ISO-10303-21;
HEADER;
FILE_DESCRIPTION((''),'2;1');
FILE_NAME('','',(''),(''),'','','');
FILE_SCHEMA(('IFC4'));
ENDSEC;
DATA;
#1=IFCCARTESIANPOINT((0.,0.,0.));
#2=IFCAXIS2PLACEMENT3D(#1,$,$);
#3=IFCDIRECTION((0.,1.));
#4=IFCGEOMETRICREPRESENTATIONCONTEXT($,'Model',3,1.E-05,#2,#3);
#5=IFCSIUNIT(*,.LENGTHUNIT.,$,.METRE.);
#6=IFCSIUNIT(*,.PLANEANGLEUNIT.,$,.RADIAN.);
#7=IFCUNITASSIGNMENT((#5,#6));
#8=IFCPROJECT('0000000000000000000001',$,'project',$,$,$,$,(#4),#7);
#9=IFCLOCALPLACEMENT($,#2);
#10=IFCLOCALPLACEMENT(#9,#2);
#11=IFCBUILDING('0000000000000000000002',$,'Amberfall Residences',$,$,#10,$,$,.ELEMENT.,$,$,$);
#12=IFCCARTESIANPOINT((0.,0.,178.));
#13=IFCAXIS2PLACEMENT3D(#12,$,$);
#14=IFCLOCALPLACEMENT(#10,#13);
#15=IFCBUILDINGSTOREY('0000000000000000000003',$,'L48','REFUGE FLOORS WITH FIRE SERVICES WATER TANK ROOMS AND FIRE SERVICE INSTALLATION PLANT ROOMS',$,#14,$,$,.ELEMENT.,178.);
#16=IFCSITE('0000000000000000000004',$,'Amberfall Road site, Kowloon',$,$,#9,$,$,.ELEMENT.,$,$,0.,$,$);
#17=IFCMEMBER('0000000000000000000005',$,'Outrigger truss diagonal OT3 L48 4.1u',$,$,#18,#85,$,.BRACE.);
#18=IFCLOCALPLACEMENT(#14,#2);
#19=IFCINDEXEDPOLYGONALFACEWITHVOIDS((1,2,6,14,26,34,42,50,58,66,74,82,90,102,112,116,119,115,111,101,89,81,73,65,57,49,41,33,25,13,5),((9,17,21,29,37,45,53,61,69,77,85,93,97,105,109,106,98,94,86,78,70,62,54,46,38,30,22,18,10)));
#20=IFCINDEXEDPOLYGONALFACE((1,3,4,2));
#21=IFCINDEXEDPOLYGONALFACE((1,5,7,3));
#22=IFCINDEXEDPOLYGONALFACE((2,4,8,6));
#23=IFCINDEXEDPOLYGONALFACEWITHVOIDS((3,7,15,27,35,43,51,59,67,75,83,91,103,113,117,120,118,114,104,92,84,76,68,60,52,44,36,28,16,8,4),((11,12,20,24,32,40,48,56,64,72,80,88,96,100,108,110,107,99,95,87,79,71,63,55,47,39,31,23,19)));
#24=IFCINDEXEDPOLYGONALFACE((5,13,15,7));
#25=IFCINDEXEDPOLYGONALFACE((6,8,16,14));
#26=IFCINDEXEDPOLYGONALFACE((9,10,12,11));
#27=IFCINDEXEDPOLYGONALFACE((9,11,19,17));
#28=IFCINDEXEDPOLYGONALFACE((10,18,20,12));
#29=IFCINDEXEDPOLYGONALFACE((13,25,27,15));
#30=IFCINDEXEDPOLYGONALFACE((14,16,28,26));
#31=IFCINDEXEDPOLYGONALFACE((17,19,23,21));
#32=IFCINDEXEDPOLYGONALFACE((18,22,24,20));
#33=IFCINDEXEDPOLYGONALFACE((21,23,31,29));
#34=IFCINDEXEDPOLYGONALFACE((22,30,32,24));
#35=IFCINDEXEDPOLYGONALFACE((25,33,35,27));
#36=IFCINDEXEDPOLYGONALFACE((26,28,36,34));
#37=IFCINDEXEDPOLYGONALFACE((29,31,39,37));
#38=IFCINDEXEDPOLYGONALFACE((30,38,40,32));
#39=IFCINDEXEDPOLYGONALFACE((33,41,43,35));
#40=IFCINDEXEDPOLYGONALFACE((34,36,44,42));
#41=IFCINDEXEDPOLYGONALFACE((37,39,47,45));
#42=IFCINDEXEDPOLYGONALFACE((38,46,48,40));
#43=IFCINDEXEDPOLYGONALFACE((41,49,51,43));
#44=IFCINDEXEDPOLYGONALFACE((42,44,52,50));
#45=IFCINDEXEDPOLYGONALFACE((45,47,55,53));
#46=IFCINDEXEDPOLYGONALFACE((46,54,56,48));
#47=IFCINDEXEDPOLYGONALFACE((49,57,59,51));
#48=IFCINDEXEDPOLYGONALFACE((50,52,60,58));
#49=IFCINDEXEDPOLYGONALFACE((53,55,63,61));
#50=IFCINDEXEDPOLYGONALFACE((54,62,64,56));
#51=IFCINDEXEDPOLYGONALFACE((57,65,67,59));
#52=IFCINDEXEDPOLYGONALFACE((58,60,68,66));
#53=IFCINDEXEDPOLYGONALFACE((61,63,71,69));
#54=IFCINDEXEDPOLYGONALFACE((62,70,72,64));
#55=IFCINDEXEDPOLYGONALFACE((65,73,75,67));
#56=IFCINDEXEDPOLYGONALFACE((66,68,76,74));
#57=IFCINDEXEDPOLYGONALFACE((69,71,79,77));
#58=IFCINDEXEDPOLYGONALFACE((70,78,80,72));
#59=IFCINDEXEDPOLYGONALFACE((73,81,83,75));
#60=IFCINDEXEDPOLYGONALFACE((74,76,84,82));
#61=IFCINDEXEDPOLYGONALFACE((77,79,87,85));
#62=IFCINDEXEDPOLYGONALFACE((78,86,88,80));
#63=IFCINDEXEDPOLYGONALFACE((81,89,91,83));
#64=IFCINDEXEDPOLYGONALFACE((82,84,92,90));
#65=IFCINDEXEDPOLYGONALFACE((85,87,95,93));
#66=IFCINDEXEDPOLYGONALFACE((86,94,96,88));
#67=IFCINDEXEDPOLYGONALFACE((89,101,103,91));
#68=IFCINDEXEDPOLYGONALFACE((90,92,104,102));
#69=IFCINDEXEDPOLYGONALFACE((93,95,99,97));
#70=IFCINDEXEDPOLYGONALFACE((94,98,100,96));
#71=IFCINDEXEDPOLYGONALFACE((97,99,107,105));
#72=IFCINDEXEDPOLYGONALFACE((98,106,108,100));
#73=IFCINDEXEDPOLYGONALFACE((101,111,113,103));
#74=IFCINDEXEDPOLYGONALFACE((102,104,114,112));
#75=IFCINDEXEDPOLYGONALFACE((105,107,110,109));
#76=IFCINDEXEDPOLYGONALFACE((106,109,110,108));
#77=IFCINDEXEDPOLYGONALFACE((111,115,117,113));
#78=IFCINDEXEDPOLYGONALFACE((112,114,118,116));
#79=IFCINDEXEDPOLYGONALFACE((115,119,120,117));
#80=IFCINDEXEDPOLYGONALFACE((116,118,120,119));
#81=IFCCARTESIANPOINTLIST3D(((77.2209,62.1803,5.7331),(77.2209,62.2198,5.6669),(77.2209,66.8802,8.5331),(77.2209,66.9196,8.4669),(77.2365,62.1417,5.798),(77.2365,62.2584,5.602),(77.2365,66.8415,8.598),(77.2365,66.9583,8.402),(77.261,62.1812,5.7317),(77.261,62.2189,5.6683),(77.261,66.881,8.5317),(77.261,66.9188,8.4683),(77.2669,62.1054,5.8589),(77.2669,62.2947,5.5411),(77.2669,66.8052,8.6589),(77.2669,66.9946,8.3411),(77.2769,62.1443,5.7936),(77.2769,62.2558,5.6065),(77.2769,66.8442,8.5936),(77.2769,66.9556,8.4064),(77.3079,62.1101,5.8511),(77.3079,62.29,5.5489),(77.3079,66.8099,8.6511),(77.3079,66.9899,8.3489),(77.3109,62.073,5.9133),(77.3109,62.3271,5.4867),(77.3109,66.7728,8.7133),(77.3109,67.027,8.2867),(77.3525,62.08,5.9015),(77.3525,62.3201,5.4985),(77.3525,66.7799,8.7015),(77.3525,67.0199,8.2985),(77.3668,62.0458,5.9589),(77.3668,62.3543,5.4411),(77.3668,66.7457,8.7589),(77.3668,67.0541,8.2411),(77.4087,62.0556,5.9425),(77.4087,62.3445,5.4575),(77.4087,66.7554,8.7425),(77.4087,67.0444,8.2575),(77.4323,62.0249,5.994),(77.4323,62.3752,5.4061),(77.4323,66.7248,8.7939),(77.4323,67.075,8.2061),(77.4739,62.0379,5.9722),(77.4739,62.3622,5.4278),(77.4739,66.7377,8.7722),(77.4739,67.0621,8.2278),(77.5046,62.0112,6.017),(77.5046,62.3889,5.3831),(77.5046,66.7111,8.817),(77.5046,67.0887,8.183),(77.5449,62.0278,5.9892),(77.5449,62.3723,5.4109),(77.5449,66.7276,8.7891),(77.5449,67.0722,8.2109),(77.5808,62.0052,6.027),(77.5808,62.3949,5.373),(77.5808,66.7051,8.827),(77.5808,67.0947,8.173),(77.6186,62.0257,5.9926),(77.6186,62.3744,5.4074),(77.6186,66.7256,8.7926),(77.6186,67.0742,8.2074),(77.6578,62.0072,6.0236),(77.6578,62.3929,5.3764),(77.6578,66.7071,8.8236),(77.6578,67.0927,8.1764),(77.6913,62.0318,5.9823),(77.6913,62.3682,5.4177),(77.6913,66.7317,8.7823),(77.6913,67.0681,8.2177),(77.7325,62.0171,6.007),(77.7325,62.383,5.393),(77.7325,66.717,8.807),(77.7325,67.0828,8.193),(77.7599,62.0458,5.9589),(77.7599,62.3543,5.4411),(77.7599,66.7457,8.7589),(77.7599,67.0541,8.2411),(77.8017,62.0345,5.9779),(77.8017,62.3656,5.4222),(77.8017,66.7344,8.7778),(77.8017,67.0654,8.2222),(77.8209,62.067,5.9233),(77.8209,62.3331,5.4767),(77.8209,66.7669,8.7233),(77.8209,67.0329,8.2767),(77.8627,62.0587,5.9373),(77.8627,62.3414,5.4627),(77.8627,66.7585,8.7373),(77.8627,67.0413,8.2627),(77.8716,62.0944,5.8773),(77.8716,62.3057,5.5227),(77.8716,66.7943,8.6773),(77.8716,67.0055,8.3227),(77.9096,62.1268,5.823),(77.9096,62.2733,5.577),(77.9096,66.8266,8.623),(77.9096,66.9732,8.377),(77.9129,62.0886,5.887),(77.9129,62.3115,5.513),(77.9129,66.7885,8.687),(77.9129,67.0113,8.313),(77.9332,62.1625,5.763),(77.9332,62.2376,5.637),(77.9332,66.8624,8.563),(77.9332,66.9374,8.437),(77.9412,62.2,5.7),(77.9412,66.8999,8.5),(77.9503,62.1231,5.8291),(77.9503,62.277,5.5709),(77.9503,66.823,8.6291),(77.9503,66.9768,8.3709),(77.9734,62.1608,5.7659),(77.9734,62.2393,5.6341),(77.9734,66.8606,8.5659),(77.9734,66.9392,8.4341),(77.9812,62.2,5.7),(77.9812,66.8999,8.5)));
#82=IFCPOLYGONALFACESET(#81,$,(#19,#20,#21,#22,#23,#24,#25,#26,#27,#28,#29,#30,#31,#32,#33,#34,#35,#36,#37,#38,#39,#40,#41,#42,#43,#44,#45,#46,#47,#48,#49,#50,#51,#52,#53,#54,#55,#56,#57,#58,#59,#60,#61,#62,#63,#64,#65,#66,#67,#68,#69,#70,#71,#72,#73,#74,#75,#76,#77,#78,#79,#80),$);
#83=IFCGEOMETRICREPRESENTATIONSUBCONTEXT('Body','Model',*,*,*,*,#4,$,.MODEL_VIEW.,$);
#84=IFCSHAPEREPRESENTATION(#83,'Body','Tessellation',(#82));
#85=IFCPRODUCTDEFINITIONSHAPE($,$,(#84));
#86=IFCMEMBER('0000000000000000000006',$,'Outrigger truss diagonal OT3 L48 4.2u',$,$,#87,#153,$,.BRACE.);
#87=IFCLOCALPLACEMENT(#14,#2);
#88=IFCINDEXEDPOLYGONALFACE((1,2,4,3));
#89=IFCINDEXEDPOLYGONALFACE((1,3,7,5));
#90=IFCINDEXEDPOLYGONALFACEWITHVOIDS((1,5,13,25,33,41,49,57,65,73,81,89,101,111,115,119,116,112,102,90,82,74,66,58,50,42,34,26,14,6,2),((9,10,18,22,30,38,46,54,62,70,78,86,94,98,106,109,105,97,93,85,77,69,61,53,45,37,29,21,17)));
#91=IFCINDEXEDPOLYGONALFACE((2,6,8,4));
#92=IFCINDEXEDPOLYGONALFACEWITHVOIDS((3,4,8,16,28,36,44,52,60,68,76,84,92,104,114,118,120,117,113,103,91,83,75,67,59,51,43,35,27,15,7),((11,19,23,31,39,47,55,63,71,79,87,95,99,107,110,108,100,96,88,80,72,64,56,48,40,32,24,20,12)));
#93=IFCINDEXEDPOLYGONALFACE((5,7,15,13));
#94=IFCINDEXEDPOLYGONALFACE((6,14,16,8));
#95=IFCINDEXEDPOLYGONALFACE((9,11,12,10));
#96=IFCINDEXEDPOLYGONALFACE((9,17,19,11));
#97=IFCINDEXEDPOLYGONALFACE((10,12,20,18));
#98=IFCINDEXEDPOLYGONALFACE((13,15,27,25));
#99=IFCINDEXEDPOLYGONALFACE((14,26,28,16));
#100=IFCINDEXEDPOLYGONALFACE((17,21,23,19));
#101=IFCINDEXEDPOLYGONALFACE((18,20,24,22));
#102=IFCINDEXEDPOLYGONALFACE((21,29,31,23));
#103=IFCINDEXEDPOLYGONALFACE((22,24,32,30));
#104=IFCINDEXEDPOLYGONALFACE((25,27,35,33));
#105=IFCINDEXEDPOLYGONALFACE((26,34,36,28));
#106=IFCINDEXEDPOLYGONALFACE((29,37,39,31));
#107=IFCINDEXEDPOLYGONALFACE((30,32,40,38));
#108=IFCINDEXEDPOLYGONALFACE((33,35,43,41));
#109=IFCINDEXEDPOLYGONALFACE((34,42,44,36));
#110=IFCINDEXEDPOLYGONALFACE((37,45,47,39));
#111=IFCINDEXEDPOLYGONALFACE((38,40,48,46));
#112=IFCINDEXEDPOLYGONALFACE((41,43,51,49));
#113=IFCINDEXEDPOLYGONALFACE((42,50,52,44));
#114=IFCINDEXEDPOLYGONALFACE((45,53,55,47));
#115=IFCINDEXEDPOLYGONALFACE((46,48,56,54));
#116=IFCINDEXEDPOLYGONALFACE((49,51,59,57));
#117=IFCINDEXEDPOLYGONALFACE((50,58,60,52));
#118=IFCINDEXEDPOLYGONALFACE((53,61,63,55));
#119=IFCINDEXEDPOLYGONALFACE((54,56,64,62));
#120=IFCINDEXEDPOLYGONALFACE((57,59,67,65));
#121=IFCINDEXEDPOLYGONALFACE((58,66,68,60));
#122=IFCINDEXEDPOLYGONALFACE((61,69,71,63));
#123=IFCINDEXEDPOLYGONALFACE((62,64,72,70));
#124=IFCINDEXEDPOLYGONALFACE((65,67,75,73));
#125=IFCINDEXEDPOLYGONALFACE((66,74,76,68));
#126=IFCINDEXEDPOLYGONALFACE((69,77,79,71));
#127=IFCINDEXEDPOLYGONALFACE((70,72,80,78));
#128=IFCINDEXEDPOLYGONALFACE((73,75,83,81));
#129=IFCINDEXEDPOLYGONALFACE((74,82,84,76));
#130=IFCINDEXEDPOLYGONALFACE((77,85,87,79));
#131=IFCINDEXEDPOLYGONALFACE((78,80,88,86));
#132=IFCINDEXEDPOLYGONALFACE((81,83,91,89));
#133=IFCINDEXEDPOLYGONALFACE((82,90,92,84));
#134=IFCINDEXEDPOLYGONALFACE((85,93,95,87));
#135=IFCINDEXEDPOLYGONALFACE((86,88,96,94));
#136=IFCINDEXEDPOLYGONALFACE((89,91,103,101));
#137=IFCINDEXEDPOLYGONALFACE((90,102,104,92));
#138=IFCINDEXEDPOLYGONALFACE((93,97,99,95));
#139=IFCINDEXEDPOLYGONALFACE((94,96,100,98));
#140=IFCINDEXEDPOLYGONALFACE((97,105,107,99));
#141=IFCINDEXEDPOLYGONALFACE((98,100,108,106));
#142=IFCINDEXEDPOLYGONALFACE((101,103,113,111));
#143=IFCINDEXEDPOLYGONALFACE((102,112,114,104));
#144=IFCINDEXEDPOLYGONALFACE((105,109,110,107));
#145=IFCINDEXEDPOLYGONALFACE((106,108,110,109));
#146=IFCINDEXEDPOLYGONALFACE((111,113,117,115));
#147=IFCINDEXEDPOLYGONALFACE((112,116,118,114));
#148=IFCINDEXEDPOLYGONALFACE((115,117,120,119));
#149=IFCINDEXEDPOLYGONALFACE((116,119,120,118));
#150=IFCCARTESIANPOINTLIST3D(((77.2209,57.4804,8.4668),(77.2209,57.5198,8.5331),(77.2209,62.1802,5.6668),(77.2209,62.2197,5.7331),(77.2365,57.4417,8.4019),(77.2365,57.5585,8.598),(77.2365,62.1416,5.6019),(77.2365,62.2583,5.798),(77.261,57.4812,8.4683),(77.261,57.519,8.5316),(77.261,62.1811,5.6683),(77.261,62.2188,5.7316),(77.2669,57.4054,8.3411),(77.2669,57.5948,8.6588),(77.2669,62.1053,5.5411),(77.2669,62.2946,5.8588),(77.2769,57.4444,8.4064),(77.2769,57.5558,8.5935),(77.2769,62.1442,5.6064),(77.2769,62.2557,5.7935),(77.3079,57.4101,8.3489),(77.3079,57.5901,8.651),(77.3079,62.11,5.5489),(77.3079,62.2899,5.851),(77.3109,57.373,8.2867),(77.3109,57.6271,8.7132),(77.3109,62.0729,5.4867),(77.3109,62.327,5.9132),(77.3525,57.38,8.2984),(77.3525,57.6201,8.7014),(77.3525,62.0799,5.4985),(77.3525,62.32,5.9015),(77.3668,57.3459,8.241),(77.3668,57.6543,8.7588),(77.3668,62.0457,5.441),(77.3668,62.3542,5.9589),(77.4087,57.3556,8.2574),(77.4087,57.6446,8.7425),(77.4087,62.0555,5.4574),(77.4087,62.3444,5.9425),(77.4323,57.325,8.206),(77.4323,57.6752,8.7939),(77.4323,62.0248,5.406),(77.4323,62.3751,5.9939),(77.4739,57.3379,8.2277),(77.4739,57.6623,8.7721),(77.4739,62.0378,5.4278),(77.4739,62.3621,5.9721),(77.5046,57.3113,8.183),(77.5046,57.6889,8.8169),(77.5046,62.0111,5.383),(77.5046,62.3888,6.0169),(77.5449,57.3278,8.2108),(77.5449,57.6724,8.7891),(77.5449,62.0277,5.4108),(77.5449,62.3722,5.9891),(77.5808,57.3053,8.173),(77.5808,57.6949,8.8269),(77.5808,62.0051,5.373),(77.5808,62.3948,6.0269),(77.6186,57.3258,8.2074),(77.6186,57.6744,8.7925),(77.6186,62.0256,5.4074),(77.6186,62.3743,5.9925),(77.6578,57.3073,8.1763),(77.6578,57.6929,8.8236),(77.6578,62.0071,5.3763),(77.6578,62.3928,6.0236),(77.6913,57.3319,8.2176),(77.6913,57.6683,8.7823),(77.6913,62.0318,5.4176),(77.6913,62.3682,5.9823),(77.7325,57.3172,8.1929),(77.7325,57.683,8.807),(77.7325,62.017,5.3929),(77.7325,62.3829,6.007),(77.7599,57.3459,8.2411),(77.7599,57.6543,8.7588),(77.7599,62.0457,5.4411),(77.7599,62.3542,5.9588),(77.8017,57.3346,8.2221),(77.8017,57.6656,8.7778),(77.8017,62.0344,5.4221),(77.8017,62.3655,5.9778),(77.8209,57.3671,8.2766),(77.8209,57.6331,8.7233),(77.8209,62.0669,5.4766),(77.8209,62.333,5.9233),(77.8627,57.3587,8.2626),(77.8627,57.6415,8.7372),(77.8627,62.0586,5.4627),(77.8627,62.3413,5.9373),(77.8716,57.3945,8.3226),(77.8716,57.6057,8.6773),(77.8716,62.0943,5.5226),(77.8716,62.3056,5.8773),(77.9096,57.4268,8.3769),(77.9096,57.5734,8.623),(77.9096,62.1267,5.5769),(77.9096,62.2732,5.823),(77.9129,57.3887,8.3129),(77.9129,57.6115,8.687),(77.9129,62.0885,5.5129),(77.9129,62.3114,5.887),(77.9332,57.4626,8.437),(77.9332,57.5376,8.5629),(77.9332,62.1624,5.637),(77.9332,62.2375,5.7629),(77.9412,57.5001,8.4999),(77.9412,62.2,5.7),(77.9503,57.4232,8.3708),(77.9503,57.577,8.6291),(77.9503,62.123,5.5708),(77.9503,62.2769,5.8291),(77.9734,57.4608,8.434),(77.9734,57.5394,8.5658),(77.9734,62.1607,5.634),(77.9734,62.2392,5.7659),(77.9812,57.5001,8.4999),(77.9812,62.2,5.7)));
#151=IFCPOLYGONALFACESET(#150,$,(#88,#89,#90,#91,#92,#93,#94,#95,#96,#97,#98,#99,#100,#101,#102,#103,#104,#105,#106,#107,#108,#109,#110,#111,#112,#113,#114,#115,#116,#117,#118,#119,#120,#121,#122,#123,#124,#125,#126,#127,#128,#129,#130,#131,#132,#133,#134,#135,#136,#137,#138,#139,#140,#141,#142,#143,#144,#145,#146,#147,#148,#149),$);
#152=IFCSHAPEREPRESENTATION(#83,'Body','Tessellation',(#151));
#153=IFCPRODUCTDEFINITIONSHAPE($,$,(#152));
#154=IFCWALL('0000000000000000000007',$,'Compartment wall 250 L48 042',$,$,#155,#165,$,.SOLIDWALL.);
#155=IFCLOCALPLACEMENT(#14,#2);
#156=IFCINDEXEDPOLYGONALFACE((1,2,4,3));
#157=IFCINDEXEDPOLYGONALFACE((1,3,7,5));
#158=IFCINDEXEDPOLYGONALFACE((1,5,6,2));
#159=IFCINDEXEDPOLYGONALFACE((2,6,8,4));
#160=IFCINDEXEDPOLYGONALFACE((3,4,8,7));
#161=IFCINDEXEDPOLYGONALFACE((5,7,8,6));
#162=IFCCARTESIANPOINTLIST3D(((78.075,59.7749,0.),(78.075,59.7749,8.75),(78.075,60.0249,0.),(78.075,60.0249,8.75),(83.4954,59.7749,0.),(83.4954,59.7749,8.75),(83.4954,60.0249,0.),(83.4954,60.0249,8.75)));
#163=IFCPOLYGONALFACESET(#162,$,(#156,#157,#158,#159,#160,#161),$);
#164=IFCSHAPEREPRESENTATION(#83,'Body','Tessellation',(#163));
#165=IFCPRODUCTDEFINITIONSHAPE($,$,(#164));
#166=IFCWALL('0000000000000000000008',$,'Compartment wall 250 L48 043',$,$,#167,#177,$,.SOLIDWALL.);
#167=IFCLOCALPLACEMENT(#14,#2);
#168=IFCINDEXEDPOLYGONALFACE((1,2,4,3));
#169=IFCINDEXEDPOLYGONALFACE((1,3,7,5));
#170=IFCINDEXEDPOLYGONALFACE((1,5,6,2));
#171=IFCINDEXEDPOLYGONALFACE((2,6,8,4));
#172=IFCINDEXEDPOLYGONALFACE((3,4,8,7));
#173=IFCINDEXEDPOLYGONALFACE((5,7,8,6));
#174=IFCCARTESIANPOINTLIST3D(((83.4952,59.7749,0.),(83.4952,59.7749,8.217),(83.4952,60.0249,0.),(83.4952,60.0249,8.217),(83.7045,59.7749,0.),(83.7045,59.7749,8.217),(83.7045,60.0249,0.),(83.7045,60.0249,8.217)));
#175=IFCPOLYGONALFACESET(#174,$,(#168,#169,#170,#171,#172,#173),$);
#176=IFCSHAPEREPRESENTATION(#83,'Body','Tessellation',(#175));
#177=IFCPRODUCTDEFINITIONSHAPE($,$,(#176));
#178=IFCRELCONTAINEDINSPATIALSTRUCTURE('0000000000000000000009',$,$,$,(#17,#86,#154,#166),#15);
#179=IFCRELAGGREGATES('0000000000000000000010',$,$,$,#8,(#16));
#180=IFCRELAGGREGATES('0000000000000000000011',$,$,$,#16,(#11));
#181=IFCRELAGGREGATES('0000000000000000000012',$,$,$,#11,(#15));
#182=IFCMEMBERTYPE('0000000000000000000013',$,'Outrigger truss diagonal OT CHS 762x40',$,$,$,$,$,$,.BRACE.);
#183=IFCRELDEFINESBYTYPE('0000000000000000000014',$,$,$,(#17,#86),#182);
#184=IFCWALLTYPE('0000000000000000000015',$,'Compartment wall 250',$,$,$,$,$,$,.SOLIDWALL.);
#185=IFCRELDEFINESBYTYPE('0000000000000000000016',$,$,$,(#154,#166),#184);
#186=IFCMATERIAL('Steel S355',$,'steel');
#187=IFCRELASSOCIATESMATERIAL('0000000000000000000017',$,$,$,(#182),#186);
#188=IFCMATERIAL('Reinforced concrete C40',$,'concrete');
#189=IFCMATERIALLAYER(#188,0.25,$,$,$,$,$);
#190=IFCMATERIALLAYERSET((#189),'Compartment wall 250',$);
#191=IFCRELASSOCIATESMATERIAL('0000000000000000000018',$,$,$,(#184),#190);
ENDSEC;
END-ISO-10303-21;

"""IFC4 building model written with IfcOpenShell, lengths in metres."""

from ifc_helpers import new_model, si_unit, direction, frame, frame_2d, origin, origin_2d, place, context, subcontext, project, spatial, rectangle, hollow_circle, extrude, material, layer, layer_set, material_profile, profile_set, type_object, element, save


model = new_model("IFC4")

# Units and contexts
model_context = context("Model", 3, precision=1e-05, world=origin(), true_north=direction((0.0, 1.0)))
body_context = subcontext(model_context, "Body", "Model", "MODEL_VIEW")
ifc_project = project(units=[si_unit("LENGTHUNIT", "METRE"), si_unit("PLANEANGLEUNIT", "RADIAN")], contexts=[model_context])

# Site, building, storey
site_placement = place(None, origin())
site = spatial("IfcSite", under=ifc_project, at=site_placement, Name="Amberfall Road site, Kowloon", CompositionType="ELEMENT", RefElevation=0.0)
building_placement = place(site_placement, origin())
building = spatial("IfcBuilding", under=site, at=building_placement, Name="Amberfall Residences", CompositionType="ELEMENT")
storey_placement = place(building_placement, frame((0.0, 0.0, 178.0)))
storey = spatial("IfcBuildingStorey", under=building, at=storey_placement, Name="L48", Description="REFUGE FLOORS WITH FIRE SERVICES WATER TANK ROOMS AND FIRE SERVICE INSTALLATION PLANT ROOMS", CompositionType="ELEMENT", Elevation=178.0)

# Shared definitions
ifc_material_1 = material(Name="Steel S355", Category="steel")

# Members
ifc_material_profile_1 = material_profile(ifc_material_1, hollow_circle(Radius=0.3811, WallThickness=0.04, at=origin_2d()), Name="CHS 762x40")
ifc_profile_set_1 = profile_set([ifc_material_profile_1], Name="Steel S355")
member_type = type_object("IfcMemberType", Name="Outrigger truss diagonal OT CHS 762x40", PredefinedType="BRACE", material=ifc_profile_set_1)
for number, where, z_axis, x_axis, name in (
    (1, (77.6001, 66.8999, 8.5), (0.0, -0.859095, -0.511816), (1.0, 0.0, 0.0), "Outrigger truss diagonal OT3 L48 4.1u"),
    (2, (77.6001, 62.2, 5.7), (0.0, -0.859095, 0.511816), (1.0, 0.0, 0.0), "Outrigger truss diagonal OT3 L48 4.2u"),
):
    element("IfcMember", number, at=place(storey_placement, frame(where, z_axis=z_axis, x_axis=x_axis)), inside=storey, type_object=member_type, Name=name, PredefinedType="BRACE", context=body_context, shape_type="SweptSolid", body=[
        extrude(hollow_circle(Radius=0.3811, WallThickness=0.04, at=origin_2d()), origin(), (0.0, 0.0, 1.0), 5.4707),
    ])

# Walls
ifc_material_2 = material(Name="Reinforced concrete C40", Category="concrete")
ifc_layer = layer(ifc_material_2, 0.25)
ifc_layer_set = layer_set([ifc_layer], Name="Compartment wall 250")
wall_type = type_object("IfcWallType", Name="Compartment wall 250", PredefinedType="SOLIDWALL", material=ifc_layer_set)
wall_1_placement = place(storey_placement, frame((78.075, 59.8999, 0.0), z_axis=(0.0, 0.0, 1.0), x_axis=(1.0, 0.0, 0.0)))
element("IfcWall", 3, at=wall_1_placement, inside=storey, type_object=wall_type, Name="Compartment wall 250 L48 042", PredefinedType="SOLIDWALL", context=body_context, shape_type="SweptSolid", body=[
    extrude(rectangle(XDim=5.4204, YDim=0.25, at=frame_2d((2.7102, 0.0))), origin(), (0.0, 0.0, 1.0), 8.75),
])
wall_2_placement = place(storey_placement, frame((83.4954, 59.8999, 0.0), z_axis=(0.0, 0.0, 1.0), x_axis=(1.0, 0.0, 0.0)))
element("IfcWall", 4, at=wall_2_placement, inside=storey, type_object=wall_type, Name="Compartment wall 250 L48 043", PredefinedType="SOLIDWALL", context=body_context, shape_type="SweptSolid", body=[
    extrude(rectangle(XDim=0.2092, YDim=0.25, at=frame_2d((0.1045, 0.0))), origin(), (0.0, 0.0, 1.0), 8.217),
])

save(model, "model.ifc")
